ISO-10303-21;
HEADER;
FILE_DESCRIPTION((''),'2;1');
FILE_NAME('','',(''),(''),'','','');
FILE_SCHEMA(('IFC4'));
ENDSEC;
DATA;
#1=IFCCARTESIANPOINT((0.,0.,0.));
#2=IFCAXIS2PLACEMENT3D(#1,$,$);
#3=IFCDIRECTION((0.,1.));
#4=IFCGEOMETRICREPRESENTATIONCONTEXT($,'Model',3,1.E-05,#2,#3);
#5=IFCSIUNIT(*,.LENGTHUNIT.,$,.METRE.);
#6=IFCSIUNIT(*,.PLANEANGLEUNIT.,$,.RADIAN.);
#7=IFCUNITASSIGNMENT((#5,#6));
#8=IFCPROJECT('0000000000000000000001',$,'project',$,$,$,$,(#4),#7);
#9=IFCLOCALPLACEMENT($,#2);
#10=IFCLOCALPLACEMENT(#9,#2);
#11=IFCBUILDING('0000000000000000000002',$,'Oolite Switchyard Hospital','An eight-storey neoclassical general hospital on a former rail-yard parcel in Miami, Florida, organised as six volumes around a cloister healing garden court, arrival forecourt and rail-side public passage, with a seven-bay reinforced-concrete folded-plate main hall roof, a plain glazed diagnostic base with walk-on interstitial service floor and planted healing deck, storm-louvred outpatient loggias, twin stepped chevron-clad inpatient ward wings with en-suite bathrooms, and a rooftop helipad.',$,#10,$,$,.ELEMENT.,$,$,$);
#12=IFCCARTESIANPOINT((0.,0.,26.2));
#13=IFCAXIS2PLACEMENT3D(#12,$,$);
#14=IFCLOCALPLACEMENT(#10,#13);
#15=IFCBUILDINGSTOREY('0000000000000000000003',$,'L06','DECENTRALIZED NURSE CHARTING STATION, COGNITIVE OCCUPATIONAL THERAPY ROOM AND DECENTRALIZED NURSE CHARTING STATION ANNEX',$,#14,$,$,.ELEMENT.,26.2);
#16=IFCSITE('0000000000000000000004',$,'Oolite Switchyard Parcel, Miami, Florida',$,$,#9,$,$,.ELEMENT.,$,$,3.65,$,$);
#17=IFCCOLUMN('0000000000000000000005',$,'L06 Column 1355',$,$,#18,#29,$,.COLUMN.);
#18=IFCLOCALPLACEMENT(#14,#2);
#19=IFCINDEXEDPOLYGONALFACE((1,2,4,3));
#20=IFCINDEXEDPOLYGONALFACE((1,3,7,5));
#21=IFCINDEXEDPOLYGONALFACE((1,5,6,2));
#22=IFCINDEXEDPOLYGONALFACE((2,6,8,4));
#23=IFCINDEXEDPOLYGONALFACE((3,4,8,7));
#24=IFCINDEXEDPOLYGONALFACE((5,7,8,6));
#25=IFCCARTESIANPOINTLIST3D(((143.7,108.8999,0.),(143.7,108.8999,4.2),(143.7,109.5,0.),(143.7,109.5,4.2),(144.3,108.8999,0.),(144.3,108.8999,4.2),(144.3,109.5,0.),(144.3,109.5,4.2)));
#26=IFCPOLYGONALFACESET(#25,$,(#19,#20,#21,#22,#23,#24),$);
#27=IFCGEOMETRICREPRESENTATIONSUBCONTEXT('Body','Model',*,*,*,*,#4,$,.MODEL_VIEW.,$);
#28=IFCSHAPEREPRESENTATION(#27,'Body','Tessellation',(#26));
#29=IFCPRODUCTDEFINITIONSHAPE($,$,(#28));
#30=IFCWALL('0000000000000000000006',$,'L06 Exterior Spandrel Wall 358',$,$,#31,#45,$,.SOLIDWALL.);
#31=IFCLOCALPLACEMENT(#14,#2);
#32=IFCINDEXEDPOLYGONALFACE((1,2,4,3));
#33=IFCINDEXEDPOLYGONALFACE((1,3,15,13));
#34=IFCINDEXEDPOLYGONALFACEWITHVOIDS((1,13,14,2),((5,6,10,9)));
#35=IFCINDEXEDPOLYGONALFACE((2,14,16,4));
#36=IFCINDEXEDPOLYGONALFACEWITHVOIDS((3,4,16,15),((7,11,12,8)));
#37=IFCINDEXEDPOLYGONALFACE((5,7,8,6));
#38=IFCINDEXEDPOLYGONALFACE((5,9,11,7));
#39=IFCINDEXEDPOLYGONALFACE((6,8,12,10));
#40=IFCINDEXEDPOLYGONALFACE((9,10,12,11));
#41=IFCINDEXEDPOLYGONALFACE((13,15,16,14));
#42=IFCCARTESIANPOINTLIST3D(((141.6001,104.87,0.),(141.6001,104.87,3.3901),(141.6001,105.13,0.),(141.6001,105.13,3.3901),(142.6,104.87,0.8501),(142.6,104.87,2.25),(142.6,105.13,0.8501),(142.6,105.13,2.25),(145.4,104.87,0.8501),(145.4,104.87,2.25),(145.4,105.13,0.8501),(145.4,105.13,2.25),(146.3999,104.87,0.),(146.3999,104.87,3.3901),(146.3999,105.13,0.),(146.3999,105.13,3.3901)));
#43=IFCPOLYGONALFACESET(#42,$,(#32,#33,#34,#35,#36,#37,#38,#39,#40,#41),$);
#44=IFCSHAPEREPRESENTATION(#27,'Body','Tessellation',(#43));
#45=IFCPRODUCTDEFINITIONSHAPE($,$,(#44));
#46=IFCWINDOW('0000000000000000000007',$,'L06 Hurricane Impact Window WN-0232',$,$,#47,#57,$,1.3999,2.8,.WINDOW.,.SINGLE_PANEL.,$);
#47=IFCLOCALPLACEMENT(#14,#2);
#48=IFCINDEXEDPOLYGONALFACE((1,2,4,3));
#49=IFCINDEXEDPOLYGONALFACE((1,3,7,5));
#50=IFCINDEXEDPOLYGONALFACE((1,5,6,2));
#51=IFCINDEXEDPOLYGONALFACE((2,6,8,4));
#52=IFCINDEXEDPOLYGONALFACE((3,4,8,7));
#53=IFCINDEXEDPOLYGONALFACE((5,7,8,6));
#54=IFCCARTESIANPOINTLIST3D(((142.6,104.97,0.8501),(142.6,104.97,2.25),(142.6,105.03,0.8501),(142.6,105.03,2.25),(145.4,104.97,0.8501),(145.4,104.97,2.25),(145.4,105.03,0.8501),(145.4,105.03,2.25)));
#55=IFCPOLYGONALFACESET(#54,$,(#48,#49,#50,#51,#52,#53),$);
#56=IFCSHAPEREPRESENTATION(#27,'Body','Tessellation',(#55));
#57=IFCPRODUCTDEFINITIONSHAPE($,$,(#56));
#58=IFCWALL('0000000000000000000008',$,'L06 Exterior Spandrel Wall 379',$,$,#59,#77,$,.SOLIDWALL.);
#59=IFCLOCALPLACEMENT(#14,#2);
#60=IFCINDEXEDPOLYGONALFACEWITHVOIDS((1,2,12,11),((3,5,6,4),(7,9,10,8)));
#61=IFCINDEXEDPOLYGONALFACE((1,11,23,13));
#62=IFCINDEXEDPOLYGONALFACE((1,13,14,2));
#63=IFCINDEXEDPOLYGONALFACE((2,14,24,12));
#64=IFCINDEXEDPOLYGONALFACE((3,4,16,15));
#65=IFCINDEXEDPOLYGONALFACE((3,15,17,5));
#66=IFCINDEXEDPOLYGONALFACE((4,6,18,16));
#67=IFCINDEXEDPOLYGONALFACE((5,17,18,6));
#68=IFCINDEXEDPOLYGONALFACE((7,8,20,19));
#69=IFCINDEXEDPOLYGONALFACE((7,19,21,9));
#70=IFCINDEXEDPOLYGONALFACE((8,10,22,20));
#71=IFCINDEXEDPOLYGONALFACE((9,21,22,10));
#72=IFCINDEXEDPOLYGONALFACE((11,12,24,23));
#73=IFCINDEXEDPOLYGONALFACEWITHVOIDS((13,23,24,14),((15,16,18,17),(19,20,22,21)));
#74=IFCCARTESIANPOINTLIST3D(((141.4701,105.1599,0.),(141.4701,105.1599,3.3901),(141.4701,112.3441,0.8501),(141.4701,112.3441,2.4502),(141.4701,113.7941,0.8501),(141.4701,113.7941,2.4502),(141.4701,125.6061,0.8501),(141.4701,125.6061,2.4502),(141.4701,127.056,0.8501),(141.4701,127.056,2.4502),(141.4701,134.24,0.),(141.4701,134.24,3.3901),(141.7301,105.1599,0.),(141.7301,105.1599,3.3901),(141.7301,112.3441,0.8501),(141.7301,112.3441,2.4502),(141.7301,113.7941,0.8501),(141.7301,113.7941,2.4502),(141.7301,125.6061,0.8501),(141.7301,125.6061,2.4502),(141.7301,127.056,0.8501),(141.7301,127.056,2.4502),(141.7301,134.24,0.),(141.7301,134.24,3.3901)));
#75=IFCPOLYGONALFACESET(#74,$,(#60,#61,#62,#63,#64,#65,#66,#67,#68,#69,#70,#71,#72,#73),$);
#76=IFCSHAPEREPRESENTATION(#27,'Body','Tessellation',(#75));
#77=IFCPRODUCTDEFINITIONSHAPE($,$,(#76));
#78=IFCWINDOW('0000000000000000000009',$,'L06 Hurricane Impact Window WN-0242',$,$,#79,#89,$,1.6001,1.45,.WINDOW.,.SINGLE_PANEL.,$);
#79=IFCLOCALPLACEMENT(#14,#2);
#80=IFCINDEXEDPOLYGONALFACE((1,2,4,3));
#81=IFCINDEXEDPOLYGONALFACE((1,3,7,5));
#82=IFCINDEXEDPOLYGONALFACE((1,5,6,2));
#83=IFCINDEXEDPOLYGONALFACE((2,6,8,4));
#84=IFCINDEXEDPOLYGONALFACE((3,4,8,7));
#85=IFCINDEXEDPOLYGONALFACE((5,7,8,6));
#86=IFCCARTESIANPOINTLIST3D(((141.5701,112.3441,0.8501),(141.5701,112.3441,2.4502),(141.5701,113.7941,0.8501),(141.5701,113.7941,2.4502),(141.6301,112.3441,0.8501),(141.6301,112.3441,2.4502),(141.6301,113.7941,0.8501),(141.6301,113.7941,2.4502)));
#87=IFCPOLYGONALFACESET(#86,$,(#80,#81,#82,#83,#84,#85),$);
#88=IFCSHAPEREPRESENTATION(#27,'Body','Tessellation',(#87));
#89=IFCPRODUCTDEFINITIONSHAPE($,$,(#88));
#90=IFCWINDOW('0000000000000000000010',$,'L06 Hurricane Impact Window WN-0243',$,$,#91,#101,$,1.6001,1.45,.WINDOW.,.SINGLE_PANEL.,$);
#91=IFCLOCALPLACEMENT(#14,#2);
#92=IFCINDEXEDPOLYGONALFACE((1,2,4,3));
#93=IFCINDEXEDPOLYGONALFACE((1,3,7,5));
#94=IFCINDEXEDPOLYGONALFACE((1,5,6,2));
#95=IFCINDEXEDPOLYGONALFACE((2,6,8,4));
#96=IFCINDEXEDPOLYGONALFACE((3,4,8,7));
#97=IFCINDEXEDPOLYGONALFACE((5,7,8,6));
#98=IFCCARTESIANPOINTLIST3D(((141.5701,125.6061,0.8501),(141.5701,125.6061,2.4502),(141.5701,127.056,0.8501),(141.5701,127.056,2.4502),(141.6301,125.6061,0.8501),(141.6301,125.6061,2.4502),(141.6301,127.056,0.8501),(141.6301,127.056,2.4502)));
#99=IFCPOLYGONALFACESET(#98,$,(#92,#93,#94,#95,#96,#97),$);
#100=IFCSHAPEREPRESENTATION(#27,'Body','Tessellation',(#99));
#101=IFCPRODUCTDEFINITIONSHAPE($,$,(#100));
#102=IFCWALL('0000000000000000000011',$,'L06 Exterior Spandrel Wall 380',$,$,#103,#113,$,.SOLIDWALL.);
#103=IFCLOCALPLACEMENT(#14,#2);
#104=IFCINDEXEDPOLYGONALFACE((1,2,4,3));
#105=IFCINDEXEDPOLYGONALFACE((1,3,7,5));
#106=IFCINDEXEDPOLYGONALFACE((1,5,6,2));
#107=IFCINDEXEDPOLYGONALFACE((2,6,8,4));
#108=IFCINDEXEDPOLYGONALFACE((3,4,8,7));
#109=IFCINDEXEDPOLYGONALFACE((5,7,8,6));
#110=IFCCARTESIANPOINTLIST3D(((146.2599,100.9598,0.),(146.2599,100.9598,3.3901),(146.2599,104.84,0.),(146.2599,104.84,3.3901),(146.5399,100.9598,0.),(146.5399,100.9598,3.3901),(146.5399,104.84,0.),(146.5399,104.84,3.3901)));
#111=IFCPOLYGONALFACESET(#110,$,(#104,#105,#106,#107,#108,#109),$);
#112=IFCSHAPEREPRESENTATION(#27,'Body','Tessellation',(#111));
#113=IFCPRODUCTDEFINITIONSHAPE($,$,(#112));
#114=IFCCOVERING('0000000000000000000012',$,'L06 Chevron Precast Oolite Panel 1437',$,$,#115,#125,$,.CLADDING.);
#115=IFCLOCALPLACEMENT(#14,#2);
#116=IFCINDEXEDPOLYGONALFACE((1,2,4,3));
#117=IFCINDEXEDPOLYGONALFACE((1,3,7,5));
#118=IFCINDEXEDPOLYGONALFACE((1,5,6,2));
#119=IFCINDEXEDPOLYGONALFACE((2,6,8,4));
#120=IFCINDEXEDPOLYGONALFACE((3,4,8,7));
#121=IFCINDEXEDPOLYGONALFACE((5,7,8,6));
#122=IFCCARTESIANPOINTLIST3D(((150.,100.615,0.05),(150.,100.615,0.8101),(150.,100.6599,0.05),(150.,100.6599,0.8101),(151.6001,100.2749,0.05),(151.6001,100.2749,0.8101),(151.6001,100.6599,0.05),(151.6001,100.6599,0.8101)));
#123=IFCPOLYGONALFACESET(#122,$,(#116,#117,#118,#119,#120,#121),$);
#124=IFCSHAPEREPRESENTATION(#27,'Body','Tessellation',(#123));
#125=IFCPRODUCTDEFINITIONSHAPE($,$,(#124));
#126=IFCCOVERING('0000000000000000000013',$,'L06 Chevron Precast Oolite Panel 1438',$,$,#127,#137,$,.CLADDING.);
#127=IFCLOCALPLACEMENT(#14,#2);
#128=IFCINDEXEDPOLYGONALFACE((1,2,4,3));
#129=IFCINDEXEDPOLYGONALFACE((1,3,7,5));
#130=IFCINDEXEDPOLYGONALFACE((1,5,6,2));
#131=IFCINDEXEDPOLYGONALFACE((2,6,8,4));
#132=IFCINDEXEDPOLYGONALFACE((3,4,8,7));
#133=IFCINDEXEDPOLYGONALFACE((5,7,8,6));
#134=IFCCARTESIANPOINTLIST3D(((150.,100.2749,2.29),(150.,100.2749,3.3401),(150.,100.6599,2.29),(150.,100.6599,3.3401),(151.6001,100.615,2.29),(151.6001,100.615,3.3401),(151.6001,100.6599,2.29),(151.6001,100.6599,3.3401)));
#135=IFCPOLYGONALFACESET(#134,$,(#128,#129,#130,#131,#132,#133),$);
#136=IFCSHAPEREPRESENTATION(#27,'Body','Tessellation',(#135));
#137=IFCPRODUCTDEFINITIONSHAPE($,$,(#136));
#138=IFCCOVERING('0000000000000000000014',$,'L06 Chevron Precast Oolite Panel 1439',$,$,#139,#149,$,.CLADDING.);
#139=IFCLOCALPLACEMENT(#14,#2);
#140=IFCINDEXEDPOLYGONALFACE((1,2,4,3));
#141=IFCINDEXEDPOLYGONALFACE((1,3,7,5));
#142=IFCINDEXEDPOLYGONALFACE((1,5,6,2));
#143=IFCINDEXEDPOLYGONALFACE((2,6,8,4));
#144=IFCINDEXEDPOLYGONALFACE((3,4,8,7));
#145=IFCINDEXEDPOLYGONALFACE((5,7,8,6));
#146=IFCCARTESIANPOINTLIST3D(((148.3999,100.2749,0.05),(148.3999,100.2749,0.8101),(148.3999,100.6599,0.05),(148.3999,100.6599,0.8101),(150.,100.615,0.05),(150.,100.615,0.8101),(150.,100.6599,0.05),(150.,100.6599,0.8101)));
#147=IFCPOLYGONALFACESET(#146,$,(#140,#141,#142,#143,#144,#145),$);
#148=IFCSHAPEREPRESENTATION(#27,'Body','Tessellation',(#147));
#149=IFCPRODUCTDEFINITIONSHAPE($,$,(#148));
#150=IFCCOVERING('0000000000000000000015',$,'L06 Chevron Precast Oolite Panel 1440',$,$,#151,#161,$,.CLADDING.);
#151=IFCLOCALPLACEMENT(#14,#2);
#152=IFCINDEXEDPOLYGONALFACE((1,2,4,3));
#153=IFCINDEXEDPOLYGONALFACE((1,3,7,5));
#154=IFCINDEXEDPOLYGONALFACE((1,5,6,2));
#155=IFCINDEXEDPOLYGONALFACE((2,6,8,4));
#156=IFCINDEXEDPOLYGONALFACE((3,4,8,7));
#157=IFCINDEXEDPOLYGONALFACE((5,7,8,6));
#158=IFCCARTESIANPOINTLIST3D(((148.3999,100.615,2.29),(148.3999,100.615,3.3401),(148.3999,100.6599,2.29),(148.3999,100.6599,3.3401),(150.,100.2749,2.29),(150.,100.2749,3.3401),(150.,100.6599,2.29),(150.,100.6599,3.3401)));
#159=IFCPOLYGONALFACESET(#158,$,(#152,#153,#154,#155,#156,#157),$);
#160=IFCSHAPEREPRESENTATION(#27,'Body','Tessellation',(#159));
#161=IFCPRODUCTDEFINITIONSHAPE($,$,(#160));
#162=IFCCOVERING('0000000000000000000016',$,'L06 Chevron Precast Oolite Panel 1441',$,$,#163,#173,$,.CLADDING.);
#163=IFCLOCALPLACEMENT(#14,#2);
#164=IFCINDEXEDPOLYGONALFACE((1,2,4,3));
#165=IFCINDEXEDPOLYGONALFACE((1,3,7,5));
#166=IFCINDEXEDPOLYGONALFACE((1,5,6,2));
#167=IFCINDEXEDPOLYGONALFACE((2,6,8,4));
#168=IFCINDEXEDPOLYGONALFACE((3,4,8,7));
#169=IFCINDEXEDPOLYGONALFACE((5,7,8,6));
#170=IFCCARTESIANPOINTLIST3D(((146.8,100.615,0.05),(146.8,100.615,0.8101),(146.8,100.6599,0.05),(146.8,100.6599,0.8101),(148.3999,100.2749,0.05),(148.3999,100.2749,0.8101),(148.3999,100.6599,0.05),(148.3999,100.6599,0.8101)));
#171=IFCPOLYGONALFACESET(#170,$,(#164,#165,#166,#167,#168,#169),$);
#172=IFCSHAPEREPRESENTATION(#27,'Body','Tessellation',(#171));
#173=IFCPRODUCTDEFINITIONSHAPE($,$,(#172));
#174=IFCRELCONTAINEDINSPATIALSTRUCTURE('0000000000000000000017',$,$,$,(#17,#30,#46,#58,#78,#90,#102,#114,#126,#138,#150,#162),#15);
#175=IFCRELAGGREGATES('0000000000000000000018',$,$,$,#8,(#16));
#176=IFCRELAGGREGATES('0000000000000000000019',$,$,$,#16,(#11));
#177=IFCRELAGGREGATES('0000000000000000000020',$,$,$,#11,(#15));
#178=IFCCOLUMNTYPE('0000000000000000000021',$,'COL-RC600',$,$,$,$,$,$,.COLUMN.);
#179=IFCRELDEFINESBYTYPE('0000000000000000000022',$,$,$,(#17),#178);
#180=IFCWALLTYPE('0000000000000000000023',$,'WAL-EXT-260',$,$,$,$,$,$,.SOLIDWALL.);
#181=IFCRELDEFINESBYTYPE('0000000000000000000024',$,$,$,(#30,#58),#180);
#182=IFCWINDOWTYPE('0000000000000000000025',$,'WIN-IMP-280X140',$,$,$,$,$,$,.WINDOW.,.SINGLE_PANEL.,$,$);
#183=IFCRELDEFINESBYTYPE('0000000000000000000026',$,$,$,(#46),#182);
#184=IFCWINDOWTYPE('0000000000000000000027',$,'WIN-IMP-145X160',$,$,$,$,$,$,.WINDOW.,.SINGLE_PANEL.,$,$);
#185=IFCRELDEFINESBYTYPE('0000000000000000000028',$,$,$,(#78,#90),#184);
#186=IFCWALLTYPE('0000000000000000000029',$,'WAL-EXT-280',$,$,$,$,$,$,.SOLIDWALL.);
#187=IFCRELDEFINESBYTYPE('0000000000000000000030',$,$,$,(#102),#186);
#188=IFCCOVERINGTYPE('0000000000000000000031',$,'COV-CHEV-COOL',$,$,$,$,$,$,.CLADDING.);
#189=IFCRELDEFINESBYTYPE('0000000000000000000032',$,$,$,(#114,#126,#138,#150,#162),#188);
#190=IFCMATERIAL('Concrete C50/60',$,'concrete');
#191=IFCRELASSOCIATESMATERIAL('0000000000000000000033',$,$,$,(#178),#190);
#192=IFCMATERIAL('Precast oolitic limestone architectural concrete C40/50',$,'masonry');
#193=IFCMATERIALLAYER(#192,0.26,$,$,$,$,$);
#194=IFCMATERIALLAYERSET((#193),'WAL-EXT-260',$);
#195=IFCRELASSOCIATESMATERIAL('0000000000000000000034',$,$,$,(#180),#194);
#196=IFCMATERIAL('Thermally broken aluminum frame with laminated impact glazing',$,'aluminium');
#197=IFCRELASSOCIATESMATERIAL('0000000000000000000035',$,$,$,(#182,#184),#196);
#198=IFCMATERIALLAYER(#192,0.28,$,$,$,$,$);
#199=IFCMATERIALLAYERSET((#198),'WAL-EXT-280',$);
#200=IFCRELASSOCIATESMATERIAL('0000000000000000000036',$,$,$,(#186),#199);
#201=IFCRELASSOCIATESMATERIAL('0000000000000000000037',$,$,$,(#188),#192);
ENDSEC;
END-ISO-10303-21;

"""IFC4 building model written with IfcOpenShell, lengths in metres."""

from ifc_helpers import new_model, si_unit, direction, frame, frame_2d, origin, origin_2d, place, context, subcontext, project, spatial, polyline, rectangle, outline, extrude, material, layer, layer_set, material_profile, profile_set, type_object, element, fill, save


model = new_model("IFC4")

# Units and contexts
model_context = context("Model", 3, precision=1e-05, world=origin(), true_north=direction((0.0, 1.0)))
body_context = subcontext(model_context, "Body", "Model", "MODEL_VIEW")
ifc_project = project(units=[si_unit("LENGTHUNIT", "METRE"), si_unit("PLANEANGLEUNIT", "RADIAN")], contexts=[model_context])

# Site, building, storey
site_placement = place(None, origin())
site = spatial("IfcSite", under=ifc_project, at=site_placement, Name="Oolite Switchyard Parcel, Miami, Florida", CompositionType="ELEMENT", RefElevation=3.65)
building_placement = place(site_placement, origin())
building = spatial("IfcBuilding", under=site, at=building_placement, Name="Oolite Switchyard Hospital", Description="An eight-storey neoclassical general hospital on a former rail-yard parcel in Miami, Florida, organised as six volumes around a cloister healing garden court, arrival forecourt and rail-side public passage, with a seven-bay reinforced-concrete folded-plate main hall roof, a plain glazed diagnostic base with walk-on interstitial service floor and planted healing deck, storm-louvred outpatient loggias, twin stepped chevron-clad inpatient ward wings with en-suite bathrooms, and a rooftop helipad.", CompositionType="ELEMENT")
storey_placement = place(building_placement, frame((0.0, 0.0, 26.2)))
storey = spatial("IfcBuildingStorey", under=building, at=storey_placement, Name="L06", Description="DECENTRALIZED NURSE CHARTING STATION, COGNITIVE OCCUPATIONAL THERAPY ROOM AND DECENTRALIZED NURSE CHARTING STATION ANNEX", CompositionType="ELEMENT", Elevation=26.2)

# Column
ifc_material_1 = material(Name="Concrete C50/60", Category="concrete")
ifc_material_profile = material_profile(ifc_material_1, rectangle(XDim=0.6001, YDim=0.6001, at=origin_2d()), Name="RC600X600")
ifc_profile_set = profile_set([ifc_material_profile], Name="Concrete C50/60")
column_type = type_object("IfcColumnType", Name="COL-RC600", PredefinedType="COLUMN", material=ifc_profile_set)
column_placement = place(storey_placement, frame((144.0, 109.2, 0.0), z_axis=(0.0, 0.0, 1.0), x_axis=(1.0, 0.0, 0.0)))
element("IfcColumn", 1, at=column_placement, inside=storey, type_object=column_type, Name="L06 Column 1355", PredefinedType="COLUMN", context=body_context, shape_type="SweptSolid", body=[
    extrude(rectangle(XDim=0.6001, YDim=0.6001, at=origin_2d()), origin(), (0.0, 0.0, 1.0), 4.2),
])

# Wall, opening, window
ifc_material_2 = material(Name="Precast oolitic limestone architectural concrete C40/50", Category="masonry")
ifc_layer_1 = layer(ifc_material_2, 0.26)
ifc_layer_set_1 = layer_set([ifc_layer_1], Name="WAL-EXT-260")
wall_type_1 = type_object("IfcWallType", Name="WAL-EXT-260", PredefinedType="SOLIDWALL", material=ifc_layer_set_1)
wall_1_placement = place(storey_placement, frame((146.3999, 105.0, 0.0), z_axis=(0.0, 0.0, 1.0), x_axis=(-1.0, 0.0, 0.0)))
wall_1 = element("IfcWall", 2, at=wall_1_placement, inside=storey, type_object=wall_type_1, Name="L06 Exterior Spandrel Wall 358", PredefinedType="SOLIDWALL", context=body_context, shape_type="SweptSolid", body=[
    extrude(rectangle(XDim=4.7998, YDim=0.26, at=frame_2d((2.3999, 0.0))), origin(), (0.0, 0.0, 1.0), 3.3901),
])
opening_1_placement = place(wall_1_placement, frame((1.0, 0.0, 0.8501)))
opening_1 = element("IfcOpeningElement", 3, at=opening_1_placement, cuts=wall_1, PredefinedType="OPENING", context=body_context, shape_type="SweptSolid", body=[
    extrude(rectangle(XDim=2.8, YDim=1.3999, at=frame_2d((1.3999, 0.7))), frame((0.0, 0.1401, 0.0), z_axis=(0.0, -1.0, 0.0), x_axis=(1.0, 0.0, 0.0)), (0.0, 0.0, 1.0), 0.28),
])
ifc_material_3 = material(Name="Thermally broken aluminum frame with laminated impact glazing", Category="aluminium")
window_type_1 = type_object("IfcWindowType", Name="WIN-IMP-280X140", PartitioningType="SINGLE_PANEL", PredefinedType="WINDOW", material=ifc_material_3)
window_1_placement = place(opening_1_placement, origin())
window_1 = element("IfcWindow", 4, at=window_1_placement, inside=storey, type_object=window_type_1, Name="L06 Hurricane Impact Window WN-0232", OverallHeight=1.3999, OverallWidth=2.8, PartitioningType="SINGLE_PANEL", PredefinedType="WINDOW", context=body_context, shape_type="SweptSolid", body=[
    extrude(rectangle(XDim=2.8, YDim=1.3999, at=frame_2d((1.3999, 0.7))), frame((0.0, 0.03, 0.0), z_axis=(0.0, -1.0, 0.0), x_axis=(1.0, 0.0, 0.0)), (0.0, 0.0, 1.0), 0.0601),
])
fill(opening_1, window_1)

# Wall, openings, windows
wall_2_placement = place(storey_placement, frame((141.6001, 105.1599, 0.0), z_axis=(0.0, 0.0, 1.0), x_axis=(0.0, 1.0, 0.0)))
wall_2 = element("IfcWall", 5, at=wall_2_placement, inside=storey, type_object=wall_type_1, Name="L06 Exterior Spandrel Wall 379", PredefinedType="SOLIDWALL", context=body_context, shape_type="SweptSolid", body=[
    extrude(rectangle(XDim=29.0801, YDim=0.26, at=frame_2d((14.54, 0.0))), origin(), (0.0, 0.0, 1.0), 3.3901),
])
opening_2_placement = place(wall_2_placement, frame((7.1841, 0.0, 0.8501)))
opening_2 = element("IfcOpeningElement", 6, at=opening_2_placement, cuts=wall_2, PredefinedType="OPENING", context=body_context, shape_type="SweptSolid", body=[
    extrude(rectangle(XDim=1.45, YDim=1.6001, at=frame_2d((0.7251, 0.8))), frame((0.0, 0.1401, 0.0), z_axis=(0.0, -1.0, 0.0), x_axis=(1.0, 0.0, 0.0)), (0.0, 0.0, 1.0), 0.28),
])
opening_3_placement = place(wall_2_placement, frame((20.446, 0.0, 0.8501)))
opening_3 = element("IfcOpeningElement", 7, at=opening_3_placement, cuts=wall_2, PredefinedType="OPENING", context=body_context, shape_type="SweptSolid", body=[
    extrude(rectangle(XDim=1.45, YDim=1.6001, at=frame_2d((0.7251, 0.8))), frame((0.0, 0.1401, 0.0), z_axis=(0.0, -1.0, 0.0), x_axis=(1.0, 0.0, 0.0)), (0.0, 0.0, 1.0), 0.28),
])
window_type_2 = type_object("IfcWindowType", Name="WIN-IMP-145X160", PartitioningType="SINGLE_PANEL", PredefinedType="WINDOW", material=ifc_material_3)
window_2_placement = place(opening_2_placement, origin())
window_2 = element("IfcWindow", 8, at=window_2_placement, inside=storey, type_object=window_type_2, Name="L06 Hurricane Impact Window WN-0242", OverallHeight=1.6001, OverallWidth=1.45, PartitioningType="SINGLE_PANEL", PredefinedType="WINDOW", context=body_context, shape_type="SweptSolid", body=[
    extrude(rectangle(XDim=1.45, YDim=1.6001, at=frame_2d((0.7251, 0.8))), frame((0.0, 0.03, 0.0), z_axis=(0.0, -1.0, 0.0), x_axis=(1.0, 0.0, 0.0)), (0.0, 0.0, 1.0), 0.0601),
])
fill(opening_2, window_2)
window_3_placement = place(opening_3_placement, origin())
window_3 = element("IfcWindow", 9, at=window_3_placement, inside=storey, type_object=window_type_2, Name="L06 Hurricane Impact Window WN-0243", OverallHeight=1.6001, OverallWidth=1.45, PartitioningType="SINGLE_PANEL", PredefinedType="WINDOW", context=body_context, shape_type="SweptSolid", body=[
    extrude(rectangle(XDim=1.45, YDim=1.6001, at=frame_2d((0.7251, 0.8))), frame((0.0, 0.03, 0.0), z_axis=(0.0, -1.0, 0.0), x_axis=(1.0, 0.0, 0.0)), (0.0, 0.0, 1.0), 0.0601),
])
fill(opening_3, window_3)

# Wall
ifc_layer_2 = layer(ifc_material_2, 0.28)
ifc_layer_set_2 = layer_set([ifc_layer_2], Name="WAL-EXT-280")
wall_type_2 = type_object("IfcWallType", Name="WAL-EXT-280", PredefinedType="SOLIDWALL", material=ifc_layer_set_2)
wall_3_placement = place(storey_placement, frame((146.3999, 100.96, 0.0), z_axis=(0.0, 0.0, 1.0), x_axis=(0.0, 1.0, 0.0)))
element("IfcWall", 10, at=wall_3_placement, inside=storey, type_object=wall_type_2, Name="L06 Exterior Spandrel Wall 380", PredefinedType="SOLIDWALL", context=body_context, shape_type="SweptSolid", body=[
    extrude(rectangle(XDim=3.8801, YDim=0.28, at=frame_2d((1.9399, 0.0))), origin(), (0.0, 0.0, 1.0), 3.3901),
])

# Coverings
covering_type = type_object("IfcCoveringType", Name="COV-CHEV-COOL", PredefinedType="CLADDING", material=ifc_material_2)
covering_1_placement = place(storey_placement, frame((151.6001, 100.6599, 0.05), z_axis=(0.0, 0.0, 1.0), x_axis=(-1.0, 0.0, 0.0)))
element("IfcCovering", 11, at=covering_1_placement, inside=storey, type_object=covering_type, Name="L06 Chevron Precast Oolite Panel 1437", PredefinedType="CLADDING", context=body_context, shape_type="SweptSolid", body=[
    extrude(outline(polyline([(0.0, 0.0), (1.6001, 0.0), (1.6001, 0.0449), (0.0, 0.385), (0.0, 0.0)])), origin(), (0.0, 0.0, 1.0), 0.76),
])
covering_2_placement = place(storey_placement, frame((151.6001, 100.6599, 2.29), z_axis=(0.0, 0.0, 1.0), x_axis=(-1.0, 0.0, 0.0)))
element("IfcCovering", 12, at=covering_2_placement, inside=storey, type_object=covering_type, Name="L06 Chevron Precast Oolite Panel 1438", PredefinedType="CLADDING", context=body_context, shape_type="SweptSolid", body=[
    extrude(outline(polyline([(0.0, 0.0), (1.6001, 0.0), (1.6001, 0.385), (0.0, 0.0449), (0.0, 0.0)])), origin(), (0.0, 0.0, 1.0), 1.05),
])
covering_3_placement = place(storey_placement, frame((150.0, 100.6599, 0.05), z_axis=(0.0, 0.0, 1.0), x_axis=(-1.0, 0.0, 0.0)))
element("IfcCovering", 13, at=covering_3_placement, inside=storey, type_object=covering_type, Name="L06 Chevron Precast Oolite Panel 1439", PredefinedType="CLADDING", context=body_context, shape_type="SweptSolid", body=[
    extrude(outline(polyline([(0.0, 0.0), (1.6001, 0.0), (1.6001, 0.385), (0.0, 0.0449), (0.0, 0.0)])), origin(), (0.0, 0.0, 1.0), 0.76),
])
covering_4_placement = place(storey_placement, frame((150.0, 100.6599, 2.29), z_axis=(0.0, 0.0, 1.0), x_axis=(-1.0, 0.0, 0.0)))
element("IfcCovering", 14, at=covering_4_placement, inside=storey, type_object=covering_type, Name="L06 Chevron Precast Oolite Panel 1440", PredefinedType="CLADDING", context=body_context, shape_type="SweptSolid", body=[
    extrude(outline(polyline([(0.0, 0.0), (1.6001, 0.0), (1.6001, 0.0449), (0.0, 0.385), (0.0, 0.0)])), origin(), (0.0, 0.0, 1.0), 1.05),
])
covering_5_placement = place(storey_placement, frame((148.3999, 100.6599, 0.05), z_axis=(0.0, 0.0, 1.0), x_axis=(-1.0, 0.0, 0.0)))
element("IfcCovering", 15, at=covering_5_placement, inside=storey, type_object=covering_type, Name="L06 Chevron Precast Oolite Panel 1441", PredefinedType="CLADDING", context=body_context, shape_type="SweptSolid", body=[
    extrude(outline(polyline([(0.0, 0.0), (1.5999, 0.0), (1.5999, 0.0449), (0.0, 0.385), (0.0, 0.0)])), origin(), (0.0, 0.0, 1.0), 0.76),
])

save(model, "model.ifc")
